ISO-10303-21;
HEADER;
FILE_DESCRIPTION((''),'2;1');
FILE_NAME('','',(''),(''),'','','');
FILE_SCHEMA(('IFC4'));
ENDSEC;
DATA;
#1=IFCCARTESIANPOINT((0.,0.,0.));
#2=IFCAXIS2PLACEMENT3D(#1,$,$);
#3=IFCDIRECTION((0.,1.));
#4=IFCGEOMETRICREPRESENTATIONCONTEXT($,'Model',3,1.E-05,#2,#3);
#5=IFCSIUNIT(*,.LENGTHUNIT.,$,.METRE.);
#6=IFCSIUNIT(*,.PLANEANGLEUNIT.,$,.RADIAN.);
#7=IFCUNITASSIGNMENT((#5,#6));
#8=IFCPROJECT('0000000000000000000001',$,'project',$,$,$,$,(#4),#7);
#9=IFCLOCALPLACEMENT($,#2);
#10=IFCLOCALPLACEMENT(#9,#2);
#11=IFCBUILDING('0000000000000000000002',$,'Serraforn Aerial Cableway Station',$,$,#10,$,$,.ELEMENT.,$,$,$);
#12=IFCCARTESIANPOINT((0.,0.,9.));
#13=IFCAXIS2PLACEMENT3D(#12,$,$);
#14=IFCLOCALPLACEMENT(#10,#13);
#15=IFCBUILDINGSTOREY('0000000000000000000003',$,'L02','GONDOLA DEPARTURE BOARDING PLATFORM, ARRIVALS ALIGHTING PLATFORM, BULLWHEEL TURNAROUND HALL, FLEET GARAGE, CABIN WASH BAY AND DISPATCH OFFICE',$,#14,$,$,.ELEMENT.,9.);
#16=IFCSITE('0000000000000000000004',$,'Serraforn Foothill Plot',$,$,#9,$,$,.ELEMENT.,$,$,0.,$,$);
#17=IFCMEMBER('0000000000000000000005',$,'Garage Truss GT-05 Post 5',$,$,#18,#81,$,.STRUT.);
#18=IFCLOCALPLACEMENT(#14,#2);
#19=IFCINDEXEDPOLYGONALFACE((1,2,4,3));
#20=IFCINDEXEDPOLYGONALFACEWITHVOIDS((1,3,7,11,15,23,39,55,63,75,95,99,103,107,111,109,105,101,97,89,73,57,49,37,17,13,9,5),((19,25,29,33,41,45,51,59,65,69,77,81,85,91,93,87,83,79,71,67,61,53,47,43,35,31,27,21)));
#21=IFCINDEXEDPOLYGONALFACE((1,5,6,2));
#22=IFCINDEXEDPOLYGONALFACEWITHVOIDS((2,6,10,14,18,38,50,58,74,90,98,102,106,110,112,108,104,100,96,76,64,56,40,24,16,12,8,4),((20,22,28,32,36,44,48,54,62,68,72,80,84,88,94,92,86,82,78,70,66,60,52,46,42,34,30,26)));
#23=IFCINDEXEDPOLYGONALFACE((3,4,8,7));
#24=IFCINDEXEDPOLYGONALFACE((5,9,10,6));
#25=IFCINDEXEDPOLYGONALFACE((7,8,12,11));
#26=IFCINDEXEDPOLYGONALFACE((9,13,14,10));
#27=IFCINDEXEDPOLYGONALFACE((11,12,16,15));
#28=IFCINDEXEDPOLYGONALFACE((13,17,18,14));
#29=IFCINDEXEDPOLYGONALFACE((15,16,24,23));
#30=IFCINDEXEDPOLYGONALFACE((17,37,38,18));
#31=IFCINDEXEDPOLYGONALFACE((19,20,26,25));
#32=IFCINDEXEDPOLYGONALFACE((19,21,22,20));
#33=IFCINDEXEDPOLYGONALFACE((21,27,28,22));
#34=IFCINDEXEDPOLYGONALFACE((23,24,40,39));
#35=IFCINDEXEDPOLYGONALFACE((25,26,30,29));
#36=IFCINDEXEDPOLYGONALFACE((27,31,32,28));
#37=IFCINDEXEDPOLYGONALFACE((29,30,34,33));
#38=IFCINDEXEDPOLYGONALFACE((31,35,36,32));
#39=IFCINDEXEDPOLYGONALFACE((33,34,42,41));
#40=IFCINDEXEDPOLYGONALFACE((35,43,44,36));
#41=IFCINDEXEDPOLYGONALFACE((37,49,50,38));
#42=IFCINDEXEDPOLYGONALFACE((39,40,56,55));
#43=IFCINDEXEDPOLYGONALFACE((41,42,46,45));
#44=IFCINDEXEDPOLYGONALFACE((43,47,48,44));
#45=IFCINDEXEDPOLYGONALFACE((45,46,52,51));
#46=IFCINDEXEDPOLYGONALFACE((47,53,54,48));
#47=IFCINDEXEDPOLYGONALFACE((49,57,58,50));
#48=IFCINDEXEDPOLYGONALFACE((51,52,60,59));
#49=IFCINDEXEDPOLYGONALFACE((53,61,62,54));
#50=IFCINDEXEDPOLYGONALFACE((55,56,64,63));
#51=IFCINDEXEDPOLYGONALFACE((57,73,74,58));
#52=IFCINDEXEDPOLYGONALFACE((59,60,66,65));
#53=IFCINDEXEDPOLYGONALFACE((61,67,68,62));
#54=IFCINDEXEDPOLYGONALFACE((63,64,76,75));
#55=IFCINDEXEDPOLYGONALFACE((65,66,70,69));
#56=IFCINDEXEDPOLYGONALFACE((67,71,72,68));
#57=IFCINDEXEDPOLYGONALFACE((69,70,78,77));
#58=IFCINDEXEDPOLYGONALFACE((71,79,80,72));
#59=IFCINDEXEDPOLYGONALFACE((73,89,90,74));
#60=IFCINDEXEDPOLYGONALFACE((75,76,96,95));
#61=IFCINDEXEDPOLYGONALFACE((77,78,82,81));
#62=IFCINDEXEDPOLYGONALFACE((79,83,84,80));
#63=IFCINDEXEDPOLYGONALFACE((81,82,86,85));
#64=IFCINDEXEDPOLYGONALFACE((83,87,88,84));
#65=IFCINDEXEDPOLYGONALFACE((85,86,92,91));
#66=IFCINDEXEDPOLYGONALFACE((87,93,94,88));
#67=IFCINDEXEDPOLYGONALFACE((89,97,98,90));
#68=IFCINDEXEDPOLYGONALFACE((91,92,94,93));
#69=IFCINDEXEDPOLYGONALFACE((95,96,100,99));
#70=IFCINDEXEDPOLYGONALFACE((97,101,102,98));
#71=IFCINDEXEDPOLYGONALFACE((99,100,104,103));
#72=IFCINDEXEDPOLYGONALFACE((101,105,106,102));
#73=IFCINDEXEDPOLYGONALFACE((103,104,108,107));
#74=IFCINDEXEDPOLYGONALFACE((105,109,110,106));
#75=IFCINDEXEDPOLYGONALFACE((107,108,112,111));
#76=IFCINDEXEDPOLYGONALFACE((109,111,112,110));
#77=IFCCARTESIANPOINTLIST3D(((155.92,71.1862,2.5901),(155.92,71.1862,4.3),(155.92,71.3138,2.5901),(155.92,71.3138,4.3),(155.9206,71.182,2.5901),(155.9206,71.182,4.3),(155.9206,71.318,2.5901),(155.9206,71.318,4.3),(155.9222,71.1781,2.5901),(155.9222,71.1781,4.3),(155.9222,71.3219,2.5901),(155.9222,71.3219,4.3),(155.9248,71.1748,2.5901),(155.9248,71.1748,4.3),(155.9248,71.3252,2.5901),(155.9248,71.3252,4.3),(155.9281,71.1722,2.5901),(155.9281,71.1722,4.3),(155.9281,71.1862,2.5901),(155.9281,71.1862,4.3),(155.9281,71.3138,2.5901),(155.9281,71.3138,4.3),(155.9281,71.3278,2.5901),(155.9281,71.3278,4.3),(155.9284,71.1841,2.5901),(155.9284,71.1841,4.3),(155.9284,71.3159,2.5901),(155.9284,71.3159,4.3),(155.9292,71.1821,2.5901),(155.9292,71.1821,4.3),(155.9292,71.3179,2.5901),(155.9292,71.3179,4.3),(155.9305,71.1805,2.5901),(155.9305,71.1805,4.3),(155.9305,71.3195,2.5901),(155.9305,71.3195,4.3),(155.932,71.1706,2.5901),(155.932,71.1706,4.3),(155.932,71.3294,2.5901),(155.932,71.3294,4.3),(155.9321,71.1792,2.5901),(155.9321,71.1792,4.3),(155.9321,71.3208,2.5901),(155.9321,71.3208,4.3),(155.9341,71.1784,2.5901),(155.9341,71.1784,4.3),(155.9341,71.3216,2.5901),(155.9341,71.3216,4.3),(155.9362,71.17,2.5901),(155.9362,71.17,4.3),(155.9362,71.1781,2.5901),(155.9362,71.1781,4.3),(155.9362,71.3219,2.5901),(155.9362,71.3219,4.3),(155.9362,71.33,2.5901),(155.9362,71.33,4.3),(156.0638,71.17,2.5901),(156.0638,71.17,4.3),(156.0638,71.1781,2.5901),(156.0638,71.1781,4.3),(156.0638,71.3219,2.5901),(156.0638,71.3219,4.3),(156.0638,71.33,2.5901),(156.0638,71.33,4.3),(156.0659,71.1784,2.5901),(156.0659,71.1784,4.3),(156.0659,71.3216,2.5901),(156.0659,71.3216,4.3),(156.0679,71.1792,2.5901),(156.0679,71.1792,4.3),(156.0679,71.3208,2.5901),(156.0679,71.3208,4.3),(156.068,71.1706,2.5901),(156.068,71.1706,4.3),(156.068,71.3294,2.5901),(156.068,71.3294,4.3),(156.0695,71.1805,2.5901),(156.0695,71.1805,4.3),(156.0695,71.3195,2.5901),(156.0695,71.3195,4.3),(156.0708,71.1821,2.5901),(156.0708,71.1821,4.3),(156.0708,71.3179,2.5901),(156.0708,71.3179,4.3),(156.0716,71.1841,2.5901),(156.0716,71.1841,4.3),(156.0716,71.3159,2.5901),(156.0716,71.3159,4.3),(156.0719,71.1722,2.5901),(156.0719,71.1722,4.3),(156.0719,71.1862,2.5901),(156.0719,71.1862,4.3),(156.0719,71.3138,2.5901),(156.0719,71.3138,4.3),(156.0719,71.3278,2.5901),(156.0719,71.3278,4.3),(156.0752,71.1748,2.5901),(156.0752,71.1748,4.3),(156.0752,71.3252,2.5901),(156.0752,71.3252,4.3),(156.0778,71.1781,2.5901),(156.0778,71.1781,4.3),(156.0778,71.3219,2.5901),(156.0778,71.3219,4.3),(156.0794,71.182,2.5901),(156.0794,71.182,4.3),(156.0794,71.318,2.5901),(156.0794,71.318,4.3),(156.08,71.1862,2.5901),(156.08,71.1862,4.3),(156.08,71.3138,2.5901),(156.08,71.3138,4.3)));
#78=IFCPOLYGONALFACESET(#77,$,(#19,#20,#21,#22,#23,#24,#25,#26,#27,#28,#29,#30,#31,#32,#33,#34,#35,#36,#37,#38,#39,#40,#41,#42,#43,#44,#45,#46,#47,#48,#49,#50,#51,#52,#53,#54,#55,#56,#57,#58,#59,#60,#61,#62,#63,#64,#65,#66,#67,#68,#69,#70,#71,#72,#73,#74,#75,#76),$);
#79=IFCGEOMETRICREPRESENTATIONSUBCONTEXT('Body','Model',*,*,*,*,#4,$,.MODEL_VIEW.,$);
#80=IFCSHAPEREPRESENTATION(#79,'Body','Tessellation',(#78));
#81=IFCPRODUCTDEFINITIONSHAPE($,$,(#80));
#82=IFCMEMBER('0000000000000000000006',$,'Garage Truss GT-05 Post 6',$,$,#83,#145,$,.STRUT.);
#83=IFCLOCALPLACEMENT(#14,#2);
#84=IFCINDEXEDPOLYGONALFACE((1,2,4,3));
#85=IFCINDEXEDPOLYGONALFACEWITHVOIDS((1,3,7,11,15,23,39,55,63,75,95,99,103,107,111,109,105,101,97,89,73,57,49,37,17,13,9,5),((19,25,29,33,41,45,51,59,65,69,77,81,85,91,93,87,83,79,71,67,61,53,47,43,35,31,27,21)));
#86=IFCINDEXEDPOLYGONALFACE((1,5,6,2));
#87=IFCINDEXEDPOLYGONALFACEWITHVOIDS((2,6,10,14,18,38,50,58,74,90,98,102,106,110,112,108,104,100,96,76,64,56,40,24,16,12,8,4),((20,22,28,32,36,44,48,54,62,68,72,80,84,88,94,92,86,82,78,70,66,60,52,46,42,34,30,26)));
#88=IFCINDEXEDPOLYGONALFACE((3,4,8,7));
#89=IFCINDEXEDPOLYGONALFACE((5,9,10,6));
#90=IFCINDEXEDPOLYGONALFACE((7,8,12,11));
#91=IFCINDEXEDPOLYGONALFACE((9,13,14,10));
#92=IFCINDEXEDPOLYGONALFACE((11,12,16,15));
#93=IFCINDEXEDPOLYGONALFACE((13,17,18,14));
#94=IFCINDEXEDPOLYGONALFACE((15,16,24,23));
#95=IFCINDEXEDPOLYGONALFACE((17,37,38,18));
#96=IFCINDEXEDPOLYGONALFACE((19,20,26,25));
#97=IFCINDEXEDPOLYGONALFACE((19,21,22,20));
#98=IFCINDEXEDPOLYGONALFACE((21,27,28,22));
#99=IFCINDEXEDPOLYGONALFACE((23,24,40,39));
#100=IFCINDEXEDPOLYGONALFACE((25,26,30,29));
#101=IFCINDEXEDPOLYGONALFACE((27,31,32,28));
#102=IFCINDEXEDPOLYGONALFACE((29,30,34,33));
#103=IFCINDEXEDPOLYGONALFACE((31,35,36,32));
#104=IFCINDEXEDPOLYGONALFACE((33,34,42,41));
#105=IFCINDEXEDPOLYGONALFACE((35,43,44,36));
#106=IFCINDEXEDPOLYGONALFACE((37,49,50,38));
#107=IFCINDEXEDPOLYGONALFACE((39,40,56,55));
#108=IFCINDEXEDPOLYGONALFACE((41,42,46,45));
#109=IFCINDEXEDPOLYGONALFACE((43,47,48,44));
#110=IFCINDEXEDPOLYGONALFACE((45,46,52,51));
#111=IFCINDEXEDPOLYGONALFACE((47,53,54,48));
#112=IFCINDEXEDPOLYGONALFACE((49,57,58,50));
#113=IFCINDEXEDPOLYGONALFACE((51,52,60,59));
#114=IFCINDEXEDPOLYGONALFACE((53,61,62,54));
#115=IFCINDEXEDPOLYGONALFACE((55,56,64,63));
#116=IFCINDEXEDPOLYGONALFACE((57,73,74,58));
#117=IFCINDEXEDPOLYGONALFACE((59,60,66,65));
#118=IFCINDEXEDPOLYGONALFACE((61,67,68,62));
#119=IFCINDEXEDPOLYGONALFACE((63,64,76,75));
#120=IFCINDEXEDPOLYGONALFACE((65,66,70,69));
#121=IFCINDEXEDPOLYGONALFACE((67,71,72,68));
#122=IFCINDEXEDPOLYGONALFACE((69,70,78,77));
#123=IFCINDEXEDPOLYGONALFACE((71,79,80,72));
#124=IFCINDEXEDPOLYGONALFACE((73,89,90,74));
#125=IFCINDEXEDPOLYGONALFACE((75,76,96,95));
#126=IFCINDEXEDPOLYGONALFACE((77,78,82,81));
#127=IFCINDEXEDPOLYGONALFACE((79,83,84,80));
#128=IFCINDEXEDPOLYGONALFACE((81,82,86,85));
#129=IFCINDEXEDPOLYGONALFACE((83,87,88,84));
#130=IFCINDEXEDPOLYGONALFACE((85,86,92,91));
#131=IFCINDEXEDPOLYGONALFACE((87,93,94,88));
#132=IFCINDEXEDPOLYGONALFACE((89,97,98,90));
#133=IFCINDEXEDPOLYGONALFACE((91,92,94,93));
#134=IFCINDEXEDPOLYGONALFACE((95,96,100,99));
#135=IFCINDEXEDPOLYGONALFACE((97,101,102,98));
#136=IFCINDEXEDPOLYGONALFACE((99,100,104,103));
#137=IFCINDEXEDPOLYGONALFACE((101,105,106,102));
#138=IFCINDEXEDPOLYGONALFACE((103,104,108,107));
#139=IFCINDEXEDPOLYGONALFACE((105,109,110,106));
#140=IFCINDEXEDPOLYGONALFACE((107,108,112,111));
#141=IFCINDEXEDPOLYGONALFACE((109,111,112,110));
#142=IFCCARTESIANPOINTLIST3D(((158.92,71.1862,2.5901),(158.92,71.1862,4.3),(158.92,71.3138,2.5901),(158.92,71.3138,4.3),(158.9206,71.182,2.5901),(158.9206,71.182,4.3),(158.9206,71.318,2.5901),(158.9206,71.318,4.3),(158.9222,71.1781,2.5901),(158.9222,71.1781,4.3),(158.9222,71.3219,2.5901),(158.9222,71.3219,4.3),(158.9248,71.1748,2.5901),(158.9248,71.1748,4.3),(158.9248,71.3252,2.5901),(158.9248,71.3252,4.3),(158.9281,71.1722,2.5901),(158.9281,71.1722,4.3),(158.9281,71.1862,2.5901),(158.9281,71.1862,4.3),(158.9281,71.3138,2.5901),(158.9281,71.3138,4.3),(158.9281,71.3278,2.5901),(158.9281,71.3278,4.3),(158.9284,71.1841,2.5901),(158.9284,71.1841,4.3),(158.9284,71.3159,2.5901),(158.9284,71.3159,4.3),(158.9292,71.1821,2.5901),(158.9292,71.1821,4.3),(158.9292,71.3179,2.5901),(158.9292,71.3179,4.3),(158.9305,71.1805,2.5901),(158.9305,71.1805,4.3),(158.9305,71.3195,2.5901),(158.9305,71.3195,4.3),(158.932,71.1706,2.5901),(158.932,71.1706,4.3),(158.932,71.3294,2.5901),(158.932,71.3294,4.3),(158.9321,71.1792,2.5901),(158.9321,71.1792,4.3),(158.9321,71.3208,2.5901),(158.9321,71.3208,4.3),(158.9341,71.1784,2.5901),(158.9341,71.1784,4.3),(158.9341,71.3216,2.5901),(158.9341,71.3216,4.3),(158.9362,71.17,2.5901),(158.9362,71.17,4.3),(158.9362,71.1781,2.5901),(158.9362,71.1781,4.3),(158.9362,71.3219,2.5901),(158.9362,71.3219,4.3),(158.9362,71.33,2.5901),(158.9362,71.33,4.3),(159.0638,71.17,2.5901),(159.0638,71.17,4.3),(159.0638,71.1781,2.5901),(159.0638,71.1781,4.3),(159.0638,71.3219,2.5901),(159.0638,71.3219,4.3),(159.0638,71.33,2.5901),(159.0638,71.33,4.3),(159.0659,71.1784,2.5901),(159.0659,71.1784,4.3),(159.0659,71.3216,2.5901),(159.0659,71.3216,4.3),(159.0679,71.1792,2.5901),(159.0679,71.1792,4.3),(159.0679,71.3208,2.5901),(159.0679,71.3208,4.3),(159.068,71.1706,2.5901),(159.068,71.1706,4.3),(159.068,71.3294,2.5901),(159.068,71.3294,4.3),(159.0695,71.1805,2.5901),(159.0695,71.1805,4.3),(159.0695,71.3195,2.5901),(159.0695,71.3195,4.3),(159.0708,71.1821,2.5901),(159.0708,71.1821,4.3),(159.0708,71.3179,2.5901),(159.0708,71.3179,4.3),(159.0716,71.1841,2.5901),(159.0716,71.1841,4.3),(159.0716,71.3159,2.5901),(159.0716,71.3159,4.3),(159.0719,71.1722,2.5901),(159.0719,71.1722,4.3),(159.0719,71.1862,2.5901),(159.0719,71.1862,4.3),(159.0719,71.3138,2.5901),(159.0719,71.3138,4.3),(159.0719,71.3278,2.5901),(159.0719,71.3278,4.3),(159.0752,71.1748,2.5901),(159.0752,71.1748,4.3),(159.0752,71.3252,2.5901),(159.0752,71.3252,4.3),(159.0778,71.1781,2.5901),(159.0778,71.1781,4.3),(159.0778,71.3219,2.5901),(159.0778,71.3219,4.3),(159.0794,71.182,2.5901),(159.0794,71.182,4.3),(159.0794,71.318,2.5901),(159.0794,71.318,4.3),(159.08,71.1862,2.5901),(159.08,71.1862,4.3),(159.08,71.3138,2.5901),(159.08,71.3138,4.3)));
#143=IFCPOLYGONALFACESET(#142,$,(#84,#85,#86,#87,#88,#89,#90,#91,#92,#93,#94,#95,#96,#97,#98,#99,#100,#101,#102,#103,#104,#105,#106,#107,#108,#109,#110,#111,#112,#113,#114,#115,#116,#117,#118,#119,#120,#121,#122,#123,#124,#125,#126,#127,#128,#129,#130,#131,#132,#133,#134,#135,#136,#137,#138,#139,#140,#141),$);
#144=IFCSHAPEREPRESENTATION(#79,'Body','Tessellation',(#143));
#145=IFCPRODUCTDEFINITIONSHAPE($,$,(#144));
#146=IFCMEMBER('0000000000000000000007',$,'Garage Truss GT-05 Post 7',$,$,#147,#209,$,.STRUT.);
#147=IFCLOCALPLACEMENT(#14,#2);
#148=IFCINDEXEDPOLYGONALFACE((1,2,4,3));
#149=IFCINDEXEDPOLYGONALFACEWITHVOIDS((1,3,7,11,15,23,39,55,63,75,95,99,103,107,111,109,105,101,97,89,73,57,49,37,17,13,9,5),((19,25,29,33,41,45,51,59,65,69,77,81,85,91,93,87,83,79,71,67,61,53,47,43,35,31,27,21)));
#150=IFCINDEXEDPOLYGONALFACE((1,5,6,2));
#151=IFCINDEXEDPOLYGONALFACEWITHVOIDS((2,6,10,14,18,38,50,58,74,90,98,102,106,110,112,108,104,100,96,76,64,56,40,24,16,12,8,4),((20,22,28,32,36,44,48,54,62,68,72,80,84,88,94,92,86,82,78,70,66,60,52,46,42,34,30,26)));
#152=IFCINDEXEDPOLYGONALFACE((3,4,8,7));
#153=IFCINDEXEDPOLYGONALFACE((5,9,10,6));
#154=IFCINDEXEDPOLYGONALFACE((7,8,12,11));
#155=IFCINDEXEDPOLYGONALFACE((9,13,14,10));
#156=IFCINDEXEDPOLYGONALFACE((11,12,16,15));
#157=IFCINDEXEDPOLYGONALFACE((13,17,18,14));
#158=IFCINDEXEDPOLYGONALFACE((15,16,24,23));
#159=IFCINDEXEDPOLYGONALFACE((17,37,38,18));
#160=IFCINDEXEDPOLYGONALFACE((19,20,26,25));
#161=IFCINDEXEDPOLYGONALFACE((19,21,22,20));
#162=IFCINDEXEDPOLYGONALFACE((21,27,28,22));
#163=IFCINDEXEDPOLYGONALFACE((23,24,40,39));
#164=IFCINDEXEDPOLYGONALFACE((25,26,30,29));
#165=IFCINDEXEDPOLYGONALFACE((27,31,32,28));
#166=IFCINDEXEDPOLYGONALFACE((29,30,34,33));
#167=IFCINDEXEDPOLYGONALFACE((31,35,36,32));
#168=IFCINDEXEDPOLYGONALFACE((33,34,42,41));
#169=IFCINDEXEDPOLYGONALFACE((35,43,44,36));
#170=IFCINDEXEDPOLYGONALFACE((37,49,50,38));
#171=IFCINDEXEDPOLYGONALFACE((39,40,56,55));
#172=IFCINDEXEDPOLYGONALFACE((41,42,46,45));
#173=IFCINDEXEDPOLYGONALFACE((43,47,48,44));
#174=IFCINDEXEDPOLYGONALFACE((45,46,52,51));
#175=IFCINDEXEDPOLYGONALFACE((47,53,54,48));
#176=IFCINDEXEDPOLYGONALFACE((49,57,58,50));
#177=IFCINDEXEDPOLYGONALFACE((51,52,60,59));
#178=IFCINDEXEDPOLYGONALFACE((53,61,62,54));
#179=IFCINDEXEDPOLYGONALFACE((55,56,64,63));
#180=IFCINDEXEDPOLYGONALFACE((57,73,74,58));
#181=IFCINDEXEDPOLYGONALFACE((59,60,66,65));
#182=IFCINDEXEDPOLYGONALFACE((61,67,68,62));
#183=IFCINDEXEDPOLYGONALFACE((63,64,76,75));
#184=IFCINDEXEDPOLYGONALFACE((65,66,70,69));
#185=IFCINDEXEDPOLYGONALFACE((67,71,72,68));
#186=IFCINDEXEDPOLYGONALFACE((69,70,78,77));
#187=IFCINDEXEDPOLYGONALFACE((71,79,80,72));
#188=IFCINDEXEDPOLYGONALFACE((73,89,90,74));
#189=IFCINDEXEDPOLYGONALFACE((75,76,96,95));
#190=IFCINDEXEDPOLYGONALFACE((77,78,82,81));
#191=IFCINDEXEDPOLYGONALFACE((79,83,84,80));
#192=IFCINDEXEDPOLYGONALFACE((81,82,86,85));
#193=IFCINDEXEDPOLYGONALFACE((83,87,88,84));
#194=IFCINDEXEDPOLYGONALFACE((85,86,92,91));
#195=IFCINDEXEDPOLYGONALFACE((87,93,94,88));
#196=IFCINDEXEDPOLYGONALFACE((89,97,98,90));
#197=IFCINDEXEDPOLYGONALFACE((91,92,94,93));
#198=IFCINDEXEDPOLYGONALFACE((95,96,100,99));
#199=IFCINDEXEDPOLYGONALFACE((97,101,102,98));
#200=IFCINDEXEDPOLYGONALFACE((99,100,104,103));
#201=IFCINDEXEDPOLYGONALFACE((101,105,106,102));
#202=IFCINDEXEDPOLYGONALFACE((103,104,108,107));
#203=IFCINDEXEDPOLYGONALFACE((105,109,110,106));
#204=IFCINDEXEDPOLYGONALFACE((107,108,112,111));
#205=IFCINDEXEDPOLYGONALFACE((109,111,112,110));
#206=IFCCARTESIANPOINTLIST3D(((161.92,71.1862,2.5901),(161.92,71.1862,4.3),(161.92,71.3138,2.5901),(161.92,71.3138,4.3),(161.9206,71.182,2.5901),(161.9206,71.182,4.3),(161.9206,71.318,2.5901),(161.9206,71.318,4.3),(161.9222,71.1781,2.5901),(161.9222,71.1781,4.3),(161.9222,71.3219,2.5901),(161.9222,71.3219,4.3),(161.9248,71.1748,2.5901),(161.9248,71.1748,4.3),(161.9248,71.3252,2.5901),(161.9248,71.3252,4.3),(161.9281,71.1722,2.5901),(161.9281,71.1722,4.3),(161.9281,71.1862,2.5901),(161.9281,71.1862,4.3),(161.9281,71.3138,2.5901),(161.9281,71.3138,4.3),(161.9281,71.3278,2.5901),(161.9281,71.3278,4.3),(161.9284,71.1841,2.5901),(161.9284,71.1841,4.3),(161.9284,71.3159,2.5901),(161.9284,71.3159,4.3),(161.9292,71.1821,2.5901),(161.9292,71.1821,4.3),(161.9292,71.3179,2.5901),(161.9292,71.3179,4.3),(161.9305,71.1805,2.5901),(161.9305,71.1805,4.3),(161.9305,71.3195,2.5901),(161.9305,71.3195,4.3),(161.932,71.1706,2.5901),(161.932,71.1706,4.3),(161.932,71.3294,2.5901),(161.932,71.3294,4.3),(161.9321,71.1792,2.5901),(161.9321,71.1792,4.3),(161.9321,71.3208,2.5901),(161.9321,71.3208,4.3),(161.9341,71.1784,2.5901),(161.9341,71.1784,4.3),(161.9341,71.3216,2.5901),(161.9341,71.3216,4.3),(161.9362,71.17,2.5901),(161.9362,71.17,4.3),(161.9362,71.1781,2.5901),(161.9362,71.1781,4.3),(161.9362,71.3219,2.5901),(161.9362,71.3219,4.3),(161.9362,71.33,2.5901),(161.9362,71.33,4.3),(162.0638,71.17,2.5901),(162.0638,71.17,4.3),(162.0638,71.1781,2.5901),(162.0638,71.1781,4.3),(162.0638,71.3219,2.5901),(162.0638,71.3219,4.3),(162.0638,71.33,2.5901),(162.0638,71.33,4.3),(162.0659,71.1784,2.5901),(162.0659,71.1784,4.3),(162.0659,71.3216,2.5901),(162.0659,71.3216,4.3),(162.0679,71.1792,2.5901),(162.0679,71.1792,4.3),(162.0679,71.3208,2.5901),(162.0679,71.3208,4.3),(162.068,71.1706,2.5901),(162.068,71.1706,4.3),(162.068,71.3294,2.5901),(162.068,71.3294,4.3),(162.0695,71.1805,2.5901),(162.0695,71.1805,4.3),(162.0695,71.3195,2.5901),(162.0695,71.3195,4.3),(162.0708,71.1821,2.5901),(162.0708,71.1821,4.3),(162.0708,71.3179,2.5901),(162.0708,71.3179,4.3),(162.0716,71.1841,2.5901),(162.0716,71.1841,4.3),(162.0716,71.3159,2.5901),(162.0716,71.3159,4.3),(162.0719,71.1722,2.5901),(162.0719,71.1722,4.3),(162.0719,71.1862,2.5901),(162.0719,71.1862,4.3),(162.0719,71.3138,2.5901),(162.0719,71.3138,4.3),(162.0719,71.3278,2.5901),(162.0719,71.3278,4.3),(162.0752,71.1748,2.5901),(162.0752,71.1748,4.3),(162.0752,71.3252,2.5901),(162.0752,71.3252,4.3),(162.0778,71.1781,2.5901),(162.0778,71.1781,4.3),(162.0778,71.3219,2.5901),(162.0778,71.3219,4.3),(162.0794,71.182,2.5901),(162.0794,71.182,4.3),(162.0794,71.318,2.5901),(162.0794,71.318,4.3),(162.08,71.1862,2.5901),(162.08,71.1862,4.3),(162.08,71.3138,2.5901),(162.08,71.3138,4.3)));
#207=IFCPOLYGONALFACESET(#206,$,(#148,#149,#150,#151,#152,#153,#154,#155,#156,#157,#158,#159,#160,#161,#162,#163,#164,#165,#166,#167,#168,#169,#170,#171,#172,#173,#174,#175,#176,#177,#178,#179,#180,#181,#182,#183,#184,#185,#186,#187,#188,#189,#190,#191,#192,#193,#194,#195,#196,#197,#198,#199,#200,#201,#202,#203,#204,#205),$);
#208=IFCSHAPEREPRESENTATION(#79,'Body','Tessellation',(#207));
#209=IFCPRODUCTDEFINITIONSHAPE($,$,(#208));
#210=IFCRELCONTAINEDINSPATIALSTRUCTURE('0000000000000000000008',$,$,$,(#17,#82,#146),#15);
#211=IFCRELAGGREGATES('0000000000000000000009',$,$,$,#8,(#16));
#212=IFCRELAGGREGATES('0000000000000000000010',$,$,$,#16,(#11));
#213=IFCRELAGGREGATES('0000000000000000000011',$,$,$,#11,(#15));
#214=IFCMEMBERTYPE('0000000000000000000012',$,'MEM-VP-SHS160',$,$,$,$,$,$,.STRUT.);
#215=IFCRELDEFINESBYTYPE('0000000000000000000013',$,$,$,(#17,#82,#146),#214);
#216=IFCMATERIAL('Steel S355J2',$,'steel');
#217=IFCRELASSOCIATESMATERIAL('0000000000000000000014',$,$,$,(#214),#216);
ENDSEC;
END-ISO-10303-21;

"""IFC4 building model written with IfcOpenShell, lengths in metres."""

from ifc_helpers import new_model, si_unit, direction, frame, origin, origin_2d, place, context, subcontext, project, spatial, hollow_rectangle, extrude, material, material_profile, profile_set, type_object, element, save


model = new_model("IFC4")

# Units and contexts
model_context = context("Model", 3, precision=1e-05, world=origin(), true_north=direction((0.0, 1.0)))
body_context = subcontext(model_context, "Body", "Model", "MODEL_VIEW")
ifc_project = project(units=[si_unit("LENGTHUNIT", "METRE"), si_unit("PLANEANGLEUNIT", "RADIAN")], contexts=[model_context])

# Site, building, storey
site_placement = place(None, origin())
site = spatial("IfcSite", under=ifc_project, at=site_placement, Name="Serraforn Foothill Plot", CompositionType="ELEMENT", RefElevation=0.0)
building_placement = place(site_placement, origin())
building = spatial("IfcBuilding", under=site, at=building_placement, Name="Serraforn Aerial Cableway Station", CompositionType="ELEMENT")
storey_placement = place(building_placement, frame((0.0, 0.0, 9.0)))
storey = spatial("IfcBuildingStorey", under=building, at=storey_placement, Name="L02", Description="GONDOLA DEPARTURE BOARDING PLATFORM, ARRIVALS ALIGHTING PLATFORM, BULLWHEEL TURNAROUND HALL, FLEET GARAGE, CABIN WASH BAY AND DISPATCH OFFICE", CompositionType="ELEMENT", Elevation=9.0)

# Members
ifc_material_1 = material(Name="Steel S355J2", Category="steel")
ifc_material_profile_1 = material_profile(ifc_material_1, hollow_rectangle(XDim=0.1599, YDim=0.1599, WallThickness=0.0081, InnerFilletRadius=0.0081, OuterFilletRadius=0.0161, at=origin_2d()), Name="SHS 160x160x8.0")
ifc_profile_set_1 = profile_set([ifc_material_profile_1], Name="Steel S355J2")
member_type_1 = type_object("IfcMemberType", Name="MEM-VP-SHS160", PredefinedType="STRUT", material=ifc_profile_set_1)
for number, where, z_axis, x_axis, name in (
    (1, (156.0, 71.25, 2.5901), (0.0, 0.0, 1.0), (1.0, 0.0, 0.0), "Garage Truss GT-05 Post 5"),
    (2, (159.0, 71.25, 2.5901), (0.0, 0.0, 1.0), (1.0, 0.0, 0.0), "Garage Truss GT-05 Post 6"),
    (3, (162.0, 71.25, 2.5901), (0.0, 0.0, 1.0), (1.0, 0.0, 0.0), "Garage Truss GT-05 Post 7"),
):
    element("IfcMember", number, at=place(storey_placement, frame(where, z_axis=z_axis, x_axis=x_axis)), inside=storey, type_object=member_type_1, Name=name, PredefinedType="STRUT", context=body_context, shape_type="SweptSolid", body=[
        extrude(hollow_rectangle(XDim=0.1599, YDim=0.1599, WallThickness=0.0081, InnerFilletRadius=0.0081, OuterFilletRadius=0.0161, at=origin_2d()), origin(), (0.0, 0.0, 1.0), 1.71),
    ])

save(model, "model.ifc")
